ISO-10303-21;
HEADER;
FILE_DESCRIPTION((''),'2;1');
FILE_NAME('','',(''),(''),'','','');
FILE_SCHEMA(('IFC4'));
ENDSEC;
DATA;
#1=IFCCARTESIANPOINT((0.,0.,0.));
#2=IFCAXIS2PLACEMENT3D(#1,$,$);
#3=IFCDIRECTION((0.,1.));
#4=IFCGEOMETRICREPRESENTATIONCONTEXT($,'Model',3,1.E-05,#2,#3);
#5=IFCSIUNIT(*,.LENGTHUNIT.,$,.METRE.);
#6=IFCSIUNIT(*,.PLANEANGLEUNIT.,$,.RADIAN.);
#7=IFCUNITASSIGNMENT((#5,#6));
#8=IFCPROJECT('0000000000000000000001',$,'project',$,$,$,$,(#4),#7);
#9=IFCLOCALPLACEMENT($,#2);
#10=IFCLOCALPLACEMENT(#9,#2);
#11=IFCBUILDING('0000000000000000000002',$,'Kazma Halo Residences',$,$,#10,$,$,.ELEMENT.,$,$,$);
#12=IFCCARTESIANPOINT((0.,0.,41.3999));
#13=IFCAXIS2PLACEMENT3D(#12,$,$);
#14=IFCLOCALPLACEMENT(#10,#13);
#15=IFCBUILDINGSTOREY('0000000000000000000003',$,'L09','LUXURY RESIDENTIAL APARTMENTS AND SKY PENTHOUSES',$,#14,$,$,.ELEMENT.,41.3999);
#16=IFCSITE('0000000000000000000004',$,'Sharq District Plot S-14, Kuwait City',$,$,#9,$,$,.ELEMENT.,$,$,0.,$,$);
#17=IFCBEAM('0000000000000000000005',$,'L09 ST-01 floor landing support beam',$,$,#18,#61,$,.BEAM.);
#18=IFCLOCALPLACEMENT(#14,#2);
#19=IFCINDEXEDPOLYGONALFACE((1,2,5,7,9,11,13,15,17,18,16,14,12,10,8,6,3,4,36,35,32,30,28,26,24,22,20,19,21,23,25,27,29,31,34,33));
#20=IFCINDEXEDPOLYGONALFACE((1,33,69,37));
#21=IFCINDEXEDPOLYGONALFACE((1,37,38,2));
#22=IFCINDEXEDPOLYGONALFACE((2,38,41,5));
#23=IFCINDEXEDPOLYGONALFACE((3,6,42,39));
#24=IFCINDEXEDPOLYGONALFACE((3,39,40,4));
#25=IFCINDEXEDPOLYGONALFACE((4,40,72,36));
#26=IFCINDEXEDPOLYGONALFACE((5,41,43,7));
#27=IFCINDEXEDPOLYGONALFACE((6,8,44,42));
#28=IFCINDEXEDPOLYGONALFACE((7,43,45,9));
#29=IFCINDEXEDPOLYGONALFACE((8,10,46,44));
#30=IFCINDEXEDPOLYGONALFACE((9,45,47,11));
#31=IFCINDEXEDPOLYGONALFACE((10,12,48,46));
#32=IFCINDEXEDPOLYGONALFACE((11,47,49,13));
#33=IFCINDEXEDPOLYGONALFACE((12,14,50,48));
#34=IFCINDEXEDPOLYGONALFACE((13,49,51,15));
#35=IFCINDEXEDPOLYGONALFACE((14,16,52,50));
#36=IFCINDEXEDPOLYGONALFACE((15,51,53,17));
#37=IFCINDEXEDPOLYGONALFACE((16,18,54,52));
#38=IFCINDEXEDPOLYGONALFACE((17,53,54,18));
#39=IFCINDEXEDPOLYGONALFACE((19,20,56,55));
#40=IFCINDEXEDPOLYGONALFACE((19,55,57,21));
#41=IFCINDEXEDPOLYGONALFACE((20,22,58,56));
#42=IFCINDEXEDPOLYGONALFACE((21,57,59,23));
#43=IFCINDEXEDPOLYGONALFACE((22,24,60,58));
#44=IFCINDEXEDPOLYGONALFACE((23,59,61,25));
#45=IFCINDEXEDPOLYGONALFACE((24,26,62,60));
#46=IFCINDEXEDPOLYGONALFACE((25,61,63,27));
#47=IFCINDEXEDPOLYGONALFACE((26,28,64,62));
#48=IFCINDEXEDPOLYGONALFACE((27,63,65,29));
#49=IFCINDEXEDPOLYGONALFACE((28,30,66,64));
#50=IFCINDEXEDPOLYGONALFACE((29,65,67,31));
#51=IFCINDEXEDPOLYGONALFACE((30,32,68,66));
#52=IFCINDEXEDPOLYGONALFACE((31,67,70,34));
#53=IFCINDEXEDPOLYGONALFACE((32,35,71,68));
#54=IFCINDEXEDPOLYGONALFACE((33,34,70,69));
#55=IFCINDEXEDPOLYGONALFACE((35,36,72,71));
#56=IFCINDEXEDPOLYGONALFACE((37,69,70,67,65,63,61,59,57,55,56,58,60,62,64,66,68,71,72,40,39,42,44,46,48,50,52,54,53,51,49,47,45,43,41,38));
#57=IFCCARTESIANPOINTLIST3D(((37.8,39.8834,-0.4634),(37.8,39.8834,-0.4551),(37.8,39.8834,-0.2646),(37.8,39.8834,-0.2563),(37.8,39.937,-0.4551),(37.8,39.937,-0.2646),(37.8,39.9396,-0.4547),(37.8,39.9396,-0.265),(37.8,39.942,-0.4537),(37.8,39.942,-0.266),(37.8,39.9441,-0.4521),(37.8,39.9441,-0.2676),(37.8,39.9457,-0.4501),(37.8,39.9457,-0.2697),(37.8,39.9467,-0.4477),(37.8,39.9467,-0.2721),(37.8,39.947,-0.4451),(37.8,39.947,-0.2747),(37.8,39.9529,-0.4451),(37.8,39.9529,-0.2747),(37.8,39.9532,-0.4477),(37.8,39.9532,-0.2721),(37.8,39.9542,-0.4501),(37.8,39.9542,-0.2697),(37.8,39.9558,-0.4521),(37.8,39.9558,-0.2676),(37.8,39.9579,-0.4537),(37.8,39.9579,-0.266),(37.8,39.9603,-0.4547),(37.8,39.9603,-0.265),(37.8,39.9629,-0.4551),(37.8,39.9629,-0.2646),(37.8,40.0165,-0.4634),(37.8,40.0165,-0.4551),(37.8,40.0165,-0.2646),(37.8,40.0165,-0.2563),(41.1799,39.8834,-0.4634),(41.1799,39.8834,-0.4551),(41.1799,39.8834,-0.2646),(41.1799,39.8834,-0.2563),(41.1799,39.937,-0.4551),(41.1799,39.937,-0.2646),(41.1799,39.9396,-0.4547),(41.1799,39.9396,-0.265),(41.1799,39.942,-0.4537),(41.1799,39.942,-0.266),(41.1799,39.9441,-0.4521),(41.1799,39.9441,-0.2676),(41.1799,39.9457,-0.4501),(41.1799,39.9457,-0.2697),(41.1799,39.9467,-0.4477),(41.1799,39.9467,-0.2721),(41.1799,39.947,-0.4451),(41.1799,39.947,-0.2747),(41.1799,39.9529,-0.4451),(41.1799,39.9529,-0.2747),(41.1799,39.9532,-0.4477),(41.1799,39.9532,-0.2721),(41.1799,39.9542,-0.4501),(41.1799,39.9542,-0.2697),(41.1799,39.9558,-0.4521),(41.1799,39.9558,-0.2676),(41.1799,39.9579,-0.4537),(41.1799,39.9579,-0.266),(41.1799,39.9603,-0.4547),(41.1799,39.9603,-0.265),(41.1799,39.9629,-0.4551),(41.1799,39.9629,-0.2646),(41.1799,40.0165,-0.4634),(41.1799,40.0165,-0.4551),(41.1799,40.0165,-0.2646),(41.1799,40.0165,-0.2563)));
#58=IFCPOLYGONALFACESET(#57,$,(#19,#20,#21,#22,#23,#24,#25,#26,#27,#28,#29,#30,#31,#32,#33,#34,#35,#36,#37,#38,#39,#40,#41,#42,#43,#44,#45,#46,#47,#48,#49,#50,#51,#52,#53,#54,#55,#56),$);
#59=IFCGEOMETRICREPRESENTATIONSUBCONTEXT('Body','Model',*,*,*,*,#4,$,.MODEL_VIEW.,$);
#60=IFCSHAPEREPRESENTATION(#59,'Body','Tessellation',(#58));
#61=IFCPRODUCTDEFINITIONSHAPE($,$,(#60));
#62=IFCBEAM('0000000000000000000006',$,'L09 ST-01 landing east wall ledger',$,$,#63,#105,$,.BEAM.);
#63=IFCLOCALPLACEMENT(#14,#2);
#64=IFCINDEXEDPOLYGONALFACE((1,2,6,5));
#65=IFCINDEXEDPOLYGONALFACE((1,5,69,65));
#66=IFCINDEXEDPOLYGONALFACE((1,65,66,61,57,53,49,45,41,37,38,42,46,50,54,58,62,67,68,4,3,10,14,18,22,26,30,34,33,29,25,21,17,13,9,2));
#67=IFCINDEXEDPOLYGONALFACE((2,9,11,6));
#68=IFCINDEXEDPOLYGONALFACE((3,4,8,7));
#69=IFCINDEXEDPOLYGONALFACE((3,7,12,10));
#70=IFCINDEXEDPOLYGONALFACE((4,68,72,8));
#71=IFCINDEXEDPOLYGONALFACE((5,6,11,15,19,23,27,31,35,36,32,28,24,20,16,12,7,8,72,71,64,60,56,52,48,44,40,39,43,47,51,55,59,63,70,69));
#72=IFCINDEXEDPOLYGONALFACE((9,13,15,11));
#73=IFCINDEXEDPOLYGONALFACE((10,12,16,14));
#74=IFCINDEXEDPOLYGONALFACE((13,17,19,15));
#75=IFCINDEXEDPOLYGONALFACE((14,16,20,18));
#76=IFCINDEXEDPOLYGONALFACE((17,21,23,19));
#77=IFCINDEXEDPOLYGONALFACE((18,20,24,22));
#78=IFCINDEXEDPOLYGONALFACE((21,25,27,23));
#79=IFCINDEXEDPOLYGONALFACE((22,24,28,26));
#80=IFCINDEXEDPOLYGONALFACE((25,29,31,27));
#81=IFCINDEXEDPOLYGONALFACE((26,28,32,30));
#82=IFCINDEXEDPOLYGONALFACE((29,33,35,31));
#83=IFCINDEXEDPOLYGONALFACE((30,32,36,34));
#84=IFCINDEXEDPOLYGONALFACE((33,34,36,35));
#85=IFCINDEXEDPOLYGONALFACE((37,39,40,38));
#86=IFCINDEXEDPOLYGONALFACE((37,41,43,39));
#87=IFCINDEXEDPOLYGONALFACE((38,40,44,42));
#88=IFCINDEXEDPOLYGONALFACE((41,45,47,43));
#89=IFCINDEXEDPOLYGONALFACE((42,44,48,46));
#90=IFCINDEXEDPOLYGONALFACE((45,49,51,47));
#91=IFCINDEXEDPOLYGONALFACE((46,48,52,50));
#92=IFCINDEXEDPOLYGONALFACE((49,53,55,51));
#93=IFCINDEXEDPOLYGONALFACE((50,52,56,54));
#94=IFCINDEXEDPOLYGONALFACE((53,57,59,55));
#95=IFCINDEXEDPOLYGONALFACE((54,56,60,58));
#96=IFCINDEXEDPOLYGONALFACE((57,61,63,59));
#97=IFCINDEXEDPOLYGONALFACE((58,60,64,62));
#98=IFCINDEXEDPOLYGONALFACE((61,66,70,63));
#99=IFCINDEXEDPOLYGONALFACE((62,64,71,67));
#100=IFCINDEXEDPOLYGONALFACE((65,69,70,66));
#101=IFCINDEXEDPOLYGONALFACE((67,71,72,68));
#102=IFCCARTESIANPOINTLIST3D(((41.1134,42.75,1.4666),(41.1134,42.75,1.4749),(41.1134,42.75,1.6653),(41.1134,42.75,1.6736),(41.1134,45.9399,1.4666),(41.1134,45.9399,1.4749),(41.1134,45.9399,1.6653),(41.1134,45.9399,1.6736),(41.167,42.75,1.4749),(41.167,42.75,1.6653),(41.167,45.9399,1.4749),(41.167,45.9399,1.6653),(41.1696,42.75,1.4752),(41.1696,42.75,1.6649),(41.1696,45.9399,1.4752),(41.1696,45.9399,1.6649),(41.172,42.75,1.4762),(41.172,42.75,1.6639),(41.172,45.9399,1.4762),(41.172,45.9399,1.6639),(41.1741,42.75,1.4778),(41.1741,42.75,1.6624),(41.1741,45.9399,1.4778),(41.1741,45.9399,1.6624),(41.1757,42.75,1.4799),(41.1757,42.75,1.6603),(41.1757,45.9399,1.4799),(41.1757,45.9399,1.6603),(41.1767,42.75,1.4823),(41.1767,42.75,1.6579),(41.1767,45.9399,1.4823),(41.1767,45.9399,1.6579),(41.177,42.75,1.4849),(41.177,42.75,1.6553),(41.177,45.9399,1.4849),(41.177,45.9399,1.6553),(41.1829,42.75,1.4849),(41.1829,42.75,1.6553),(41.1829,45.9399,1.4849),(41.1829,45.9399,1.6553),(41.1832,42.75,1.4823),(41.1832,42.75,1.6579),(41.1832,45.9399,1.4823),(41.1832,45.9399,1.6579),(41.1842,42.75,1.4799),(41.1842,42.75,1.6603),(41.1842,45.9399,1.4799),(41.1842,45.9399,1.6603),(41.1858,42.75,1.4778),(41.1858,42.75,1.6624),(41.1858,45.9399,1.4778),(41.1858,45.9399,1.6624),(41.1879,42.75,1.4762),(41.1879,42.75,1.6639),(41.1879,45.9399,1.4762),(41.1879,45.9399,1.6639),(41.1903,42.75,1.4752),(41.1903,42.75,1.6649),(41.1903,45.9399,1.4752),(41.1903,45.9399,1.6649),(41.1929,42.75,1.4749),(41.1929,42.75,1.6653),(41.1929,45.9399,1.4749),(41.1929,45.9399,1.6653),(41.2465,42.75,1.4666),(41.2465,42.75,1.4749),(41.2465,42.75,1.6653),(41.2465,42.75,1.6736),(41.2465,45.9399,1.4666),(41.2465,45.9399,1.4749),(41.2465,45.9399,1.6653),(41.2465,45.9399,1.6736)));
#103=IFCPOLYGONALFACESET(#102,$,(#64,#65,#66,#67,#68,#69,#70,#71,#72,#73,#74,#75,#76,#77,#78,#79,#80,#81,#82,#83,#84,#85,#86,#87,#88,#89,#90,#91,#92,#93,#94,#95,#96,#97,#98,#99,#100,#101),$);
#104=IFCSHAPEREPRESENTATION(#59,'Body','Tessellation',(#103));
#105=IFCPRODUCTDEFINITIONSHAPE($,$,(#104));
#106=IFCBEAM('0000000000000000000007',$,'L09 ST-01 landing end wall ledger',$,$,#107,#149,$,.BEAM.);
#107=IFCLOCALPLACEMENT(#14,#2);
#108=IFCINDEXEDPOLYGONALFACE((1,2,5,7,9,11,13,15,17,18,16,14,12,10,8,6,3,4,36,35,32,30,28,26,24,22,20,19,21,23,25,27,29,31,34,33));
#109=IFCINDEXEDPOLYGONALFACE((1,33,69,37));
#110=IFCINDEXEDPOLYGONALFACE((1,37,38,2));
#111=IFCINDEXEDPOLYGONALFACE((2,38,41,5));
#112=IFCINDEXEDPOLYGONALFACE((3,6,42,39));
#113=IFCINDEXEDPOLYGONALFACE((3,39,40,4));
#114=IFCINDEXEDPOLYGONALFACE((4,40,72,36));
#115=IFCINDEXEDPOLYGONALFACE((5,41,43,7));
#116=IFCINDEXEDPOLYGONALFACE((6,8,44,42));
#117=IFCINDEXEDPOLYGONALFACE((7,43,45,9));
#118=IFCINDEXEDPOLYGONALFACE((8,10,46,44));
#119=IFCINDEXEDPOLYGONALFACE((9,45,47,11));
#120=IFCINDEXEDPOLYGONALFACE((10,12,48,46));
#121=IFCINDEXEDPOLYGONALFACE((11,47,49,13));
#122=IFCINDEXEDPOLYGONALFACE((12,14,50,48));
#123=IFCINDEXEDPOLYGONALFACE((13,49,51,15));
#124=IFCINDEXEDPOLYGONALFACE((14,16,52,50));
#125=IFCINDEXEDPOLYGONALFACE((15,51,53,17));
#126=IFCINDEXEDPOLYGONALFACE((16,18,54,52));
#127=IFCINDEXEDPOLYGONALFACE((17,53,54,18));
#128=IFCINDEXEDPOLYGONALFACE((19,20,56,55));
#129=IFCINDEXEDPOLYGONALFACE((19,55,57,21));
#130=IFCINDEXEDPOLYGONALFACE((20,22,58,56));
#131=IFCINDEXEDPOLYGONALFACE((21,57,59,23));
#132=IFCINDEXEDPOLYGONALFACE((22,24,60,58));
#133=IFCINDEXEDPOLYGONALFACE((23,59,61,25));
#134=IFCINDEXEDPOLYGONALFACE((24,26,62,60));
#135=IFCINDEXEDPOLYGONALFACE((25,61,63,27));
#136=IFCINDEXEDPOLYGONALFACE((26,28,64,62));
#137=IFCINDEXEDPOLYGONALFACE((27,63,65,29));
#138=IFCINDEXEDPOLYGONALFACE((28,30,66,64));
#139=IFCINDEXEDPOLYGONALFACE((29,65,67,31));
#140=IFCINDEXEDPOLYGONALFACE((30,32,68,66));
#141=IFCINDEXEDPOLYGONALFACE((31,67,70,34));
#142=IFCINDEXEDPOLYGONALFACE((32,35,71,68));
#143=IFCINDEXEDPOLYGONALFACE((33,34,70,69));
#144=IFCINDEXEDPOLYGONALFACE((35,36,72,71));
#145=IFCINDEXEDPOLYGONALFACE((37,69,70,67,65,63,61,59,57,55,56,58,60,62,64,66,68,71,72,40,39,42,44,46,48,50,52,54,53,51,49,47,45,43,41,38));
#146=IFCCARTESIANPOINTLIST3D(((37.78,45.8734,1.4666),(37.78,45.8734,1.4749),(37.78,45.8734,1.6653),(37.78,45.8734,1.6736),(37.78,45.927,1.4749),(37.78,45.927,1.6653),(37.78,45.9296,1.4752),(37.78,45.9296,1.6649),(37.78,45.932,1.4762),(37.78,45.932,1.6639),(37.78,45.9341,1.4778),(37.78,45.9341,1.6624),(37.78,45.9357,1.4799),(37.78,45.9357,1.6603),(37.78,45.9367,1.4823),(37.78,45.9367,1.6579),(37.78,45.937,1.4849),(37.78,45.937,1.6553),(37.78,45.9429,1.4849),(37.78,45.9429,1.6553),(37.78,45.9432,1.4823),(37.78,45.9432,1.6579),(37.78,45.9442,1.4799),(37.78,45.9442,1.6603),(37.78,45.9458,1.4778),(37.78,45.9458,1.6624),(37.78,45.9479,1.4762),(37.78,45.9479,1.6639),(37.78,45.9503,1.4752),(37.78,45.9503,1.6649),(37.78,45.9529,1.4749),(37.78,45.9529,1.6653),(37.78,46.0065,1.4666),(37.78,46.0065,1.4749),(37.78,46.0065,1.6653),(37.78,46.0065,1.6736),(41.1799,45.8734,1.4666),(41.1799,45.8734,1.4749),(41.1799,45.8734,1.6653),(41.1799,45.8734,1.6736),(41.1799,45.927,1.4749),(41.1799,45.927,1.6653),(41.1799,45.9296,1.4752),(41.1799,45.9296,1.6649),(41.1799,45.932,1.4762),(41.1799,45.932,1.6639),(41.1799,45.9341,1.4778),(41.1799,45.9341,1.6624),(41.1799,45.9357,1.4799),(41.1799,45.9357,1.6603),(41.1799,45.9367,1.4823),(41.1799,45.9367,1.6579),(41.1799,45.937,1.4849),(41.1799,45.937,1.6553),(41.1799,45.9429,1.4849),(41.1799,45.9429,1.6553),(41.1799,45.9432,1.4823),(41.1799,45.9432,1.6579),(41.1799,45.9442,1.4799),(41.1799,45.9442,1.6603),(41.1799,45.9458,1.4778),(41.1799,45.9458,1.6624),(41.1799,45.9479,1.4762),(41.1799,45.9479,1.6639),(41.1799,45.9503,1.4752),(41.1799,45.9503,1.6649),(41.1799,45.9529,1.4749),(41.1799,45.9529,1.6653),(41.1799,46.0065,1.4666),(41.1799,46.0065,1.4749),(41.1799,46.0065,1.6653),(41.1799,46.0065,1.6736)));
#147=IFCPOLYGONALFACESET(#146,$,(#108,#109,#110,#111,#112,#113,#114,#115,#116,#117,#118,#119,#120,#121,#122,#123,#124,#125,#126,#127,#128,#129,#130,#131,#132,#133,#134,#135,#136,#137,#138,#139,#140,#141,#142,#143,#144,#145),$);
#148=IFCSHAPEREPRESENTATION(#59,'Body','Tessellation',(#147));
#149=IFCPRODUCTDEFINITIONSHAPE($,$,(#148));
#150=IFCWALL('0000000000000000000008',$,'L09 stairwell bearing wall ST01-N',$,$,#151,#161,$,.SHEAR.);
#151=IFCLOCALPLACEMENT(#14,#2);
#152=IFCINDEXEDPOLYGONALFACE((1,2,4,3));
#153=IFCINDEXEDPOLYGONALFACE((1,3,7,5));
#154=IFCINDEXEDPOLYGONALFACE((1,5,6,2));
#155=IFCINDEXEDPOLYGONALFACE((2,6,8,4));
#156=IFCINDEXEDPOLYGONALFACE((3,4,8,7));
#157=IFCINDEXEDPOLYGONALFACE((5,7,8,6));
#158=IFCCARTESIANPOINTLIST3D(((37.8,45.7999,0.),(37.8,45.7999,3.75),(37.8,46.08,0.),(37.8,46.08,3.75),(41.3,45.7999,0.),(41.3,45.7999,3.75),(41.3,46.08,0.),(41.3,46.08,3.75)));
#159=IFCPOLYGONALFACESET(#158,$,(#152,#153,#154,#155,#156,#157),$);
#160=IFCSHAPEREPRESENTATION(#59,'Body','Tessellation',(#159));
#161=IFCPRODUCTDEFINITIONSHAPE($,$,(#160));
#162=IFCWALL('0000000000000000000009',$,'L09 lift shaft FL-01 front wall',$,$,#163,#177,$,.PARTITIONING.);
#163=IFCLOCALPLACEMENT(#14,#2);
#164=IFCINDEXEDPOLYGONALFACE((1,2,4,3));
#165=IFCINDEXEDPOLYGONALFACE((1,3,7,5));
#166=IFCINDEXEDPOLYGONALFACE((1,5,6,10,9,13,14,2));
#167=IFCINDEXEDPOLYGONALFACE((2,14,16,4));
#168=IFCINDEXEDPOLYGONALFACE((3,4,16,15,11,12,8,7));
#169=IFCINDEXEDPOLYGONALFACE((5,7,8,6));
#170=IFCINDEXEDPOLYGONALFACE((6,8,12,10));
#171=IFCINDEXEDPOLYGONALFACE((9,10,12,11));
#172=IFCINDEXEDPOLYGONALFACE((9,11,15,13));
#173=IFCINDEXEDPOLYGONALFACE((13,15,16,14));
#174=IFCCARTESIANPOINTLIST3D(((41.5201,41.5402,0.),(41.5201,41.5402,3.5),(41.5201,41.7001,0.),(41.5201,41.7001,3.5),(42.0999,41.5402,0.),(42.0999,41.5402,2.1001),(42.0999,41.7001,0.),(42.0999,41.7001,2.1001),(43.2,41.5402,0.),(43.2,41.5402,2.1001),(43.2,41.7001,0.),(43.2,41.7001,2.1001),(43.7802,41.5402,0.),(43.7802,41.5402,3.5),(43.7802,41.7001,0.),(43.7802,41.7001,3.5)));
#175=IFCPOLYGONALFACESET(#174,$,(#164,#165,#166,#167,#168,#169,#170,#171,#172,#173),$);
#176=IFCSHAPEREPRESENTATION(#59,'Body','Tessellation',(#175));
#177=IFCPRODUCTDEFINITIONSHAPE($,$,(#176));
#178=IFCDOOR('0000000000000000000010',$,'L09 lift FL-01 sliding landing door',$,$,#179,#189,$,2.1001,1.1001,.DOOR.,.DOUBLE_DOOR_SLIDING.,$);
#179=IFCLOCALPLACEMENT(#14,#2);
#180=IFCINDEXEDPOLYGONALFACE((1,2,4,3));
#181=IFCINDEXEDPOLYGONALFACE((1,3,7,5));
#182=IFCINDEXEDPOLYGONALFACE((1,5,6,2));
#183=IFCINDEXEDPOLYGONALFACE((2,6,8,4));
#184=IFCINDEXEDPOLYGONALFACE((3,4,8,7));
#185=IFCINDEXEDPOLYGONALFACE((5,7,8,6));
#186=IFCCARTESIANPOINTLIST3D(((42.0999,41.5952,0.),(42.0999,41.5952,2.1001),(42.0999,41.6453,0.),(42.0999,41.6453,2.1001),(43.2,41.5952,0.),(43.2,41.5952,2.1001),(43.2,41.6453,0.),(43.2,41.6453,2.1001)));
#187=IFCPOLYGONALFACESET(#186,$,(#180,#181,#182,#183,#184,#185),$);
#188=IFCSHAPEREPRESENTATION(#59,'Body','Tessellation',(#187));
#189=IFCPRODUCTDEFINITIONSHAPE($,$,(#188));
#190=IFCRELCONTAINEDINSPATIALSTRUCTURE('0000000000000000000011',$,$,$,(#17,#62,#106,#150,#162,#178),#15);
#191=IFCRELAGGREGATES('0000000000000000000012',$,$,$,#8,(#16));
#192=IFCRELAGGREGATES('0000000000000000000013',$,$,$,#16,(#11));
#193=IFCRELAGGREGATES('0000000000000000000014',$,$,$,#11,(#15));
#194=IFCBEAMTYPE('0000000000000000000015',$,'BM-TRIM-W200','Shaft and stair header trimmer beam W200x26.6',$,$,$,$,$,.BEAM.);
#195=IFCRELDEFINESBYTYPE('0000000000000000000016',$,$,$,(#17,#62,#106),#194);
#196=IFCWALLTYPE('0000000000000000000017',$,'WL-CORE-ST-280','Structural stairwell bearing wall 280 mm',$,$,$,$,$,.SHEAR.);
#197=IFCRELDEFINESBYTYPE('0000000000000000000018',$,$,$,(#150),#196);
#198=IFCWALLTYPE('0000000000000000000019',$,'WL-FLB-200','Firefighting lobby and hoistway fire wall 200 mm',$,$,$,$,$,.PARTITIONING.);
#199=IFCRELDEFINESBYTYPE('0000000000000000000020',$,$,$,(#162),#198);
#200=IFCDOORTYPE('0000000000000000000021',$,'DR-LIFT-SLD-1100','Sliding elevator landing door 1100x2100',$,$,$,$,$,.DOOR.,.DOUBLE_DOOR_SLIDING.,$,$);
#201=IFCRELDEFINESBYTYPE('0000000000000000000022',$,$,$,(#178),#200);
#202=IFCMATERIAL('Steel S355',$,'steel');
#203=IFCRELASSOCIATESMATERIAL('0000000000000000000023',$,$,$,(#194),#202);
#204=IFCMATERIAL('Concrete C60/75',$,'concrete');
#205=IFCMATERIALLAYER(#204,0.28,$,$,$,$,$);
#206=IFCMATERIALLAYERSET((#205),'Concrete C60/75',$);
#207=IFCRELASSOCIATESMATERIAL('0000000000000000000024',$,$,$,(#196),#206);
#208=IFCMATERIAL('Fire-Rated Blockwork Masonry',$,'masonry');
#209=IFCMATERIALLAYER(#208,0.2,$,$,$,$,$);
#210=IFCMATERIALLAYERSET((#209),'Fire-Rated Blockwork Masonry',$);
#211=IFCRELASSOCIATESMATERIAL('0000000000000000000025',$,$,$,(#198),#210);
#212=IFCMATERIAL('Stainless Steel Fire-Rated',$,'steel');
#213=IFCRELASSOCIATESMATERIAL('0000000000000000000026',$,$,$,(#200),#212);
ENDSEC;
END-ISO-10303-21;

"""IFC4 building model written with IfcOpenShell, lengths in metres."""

from ifc_helpers import new_model, si_unit, direction, frame, frame_2d, origin, origin_2d, place, context, subcontext, project, spatial, rectangle, i_section, extrude, material, layer, layer_set, material_profile, profile_set, type_object, element, fill, save


model = new_model("IFC4")

# Units and contexts
model_context = context("Model", 3, precision=1e-05, world=origin(), true_north=direction((0.0, 1.0)))
body_context = subcontext(model_context, "Body", "Model", "MODEL_VIEW")
ifc_project = project(units=[si_unit("LENGTHUNIT", "METRE"), si_unit("PLANEANGLEUNIT", "RADIAN")], contexts=[model_context])

# Site, building, storey
site_placement = place(None, origin())
site = spatial("IfcSite", under=ifc_project, at=site_placement, Name="Sharq District Plot S-14, Kuwait City", CompositionType="ELEMENT", RefElevation=0.0)
building_placement = place(site_placement, origin())
building = spatial("IfcBuilding", under=site, at=building_placement, Name="Kazma Halo Residences", CompositionType="ELEMENT")
storey_placement = place(building_placement, frame((0.0, 0.0, 41.3999)))
storey = spatial("IfcBuildingStorey", under=building, at=storey_placement, Name="L09", Description="LUXURY RESIDENTIAL APARTMENTS AND SKY PENTHOUSES", CompositionType="ELEMENT", Elevation=41.3999)

# Shared definitions
ifc_material_1 = material(Name="Steel S355", Category="steel")

# Beams
ifc_material_profile_1 = material_profile(ifc_material_1, i_section(OverallWidth=0.1331, OverallDepth=0.207, WebThickness=0.0059, FlangeThickness=0.0083, FilletRadius=0.01, at=origin_2d()), Name="W200x26.6")
ifc_profile_set_1 = profile_set([ifc_material_profile_1], Name="Steel S355")
beam_type_1 = type_object("IfcBeamType", Name="BM-TRIM-W200", Description="Shaft and stair header trimmer beam W200x26.6", PredefinedType="BEAM", material=ifc_profile_set_1)
beam_1_placement = place(storey_placement, frame((37.8, 39.95, -0.3599), z_axis=(1.0, 0.0, 0.0), x_axis=(0.0, 1.0, 0.0)))
element("IfcBeam", 1, at=beam_1_placement, inside=storey, type_object=beam_type_1, Name="L09 ST-01 floor landing support beam", PredefinedType="BEAM", context=body_context, shape_type="SweptSolid", body=[
    extrude(i_section(OverallWidth=0.1331, OverallDepth=0.207, WebThickness=0.0059, FlangeThickness=0.0083, FilletRadius=0.01, at=origin_2d()), origin(), (0.0, 0.0, 1.0), 3.3799),
])
beam_2_placement = place(storey_placement, frame((41.1799, 42.75, 1.5701), z_axis=(0.0, 1.0, 0.0), x_axis=(-1.0, 0.0, 0.0)))
element("IfcBeam", 2, at=beam_2_placement, inside=storey, type_object=beam_type_1, Name="L09 ST-01 landing east wall ledger", PredefinedType="BEAM", context=body_context, shape_type="SweptSolid", body=[
    extrude(i_section(OverallWidth=0.1331, OverallDepth=0.207, WebThickness=0.0059, FlangeThickness=0.0083, FilletRadius=0.01, at=origin_2d()), origin(), (0.0, 0.0, 1.0), 3.1899),
])
beam_3_placement = place(storey_placement, frame((37.78, 45.9399, 1.5701), z_axis=(1.0, 0.0, 0.0), x_axis=(0.0, 1.0, 0.0)))
element("IfcBeam", 3, at=beam_3_placement, inside=storey, type_object=beam_type_1, Name="L09 ST-01 landing end wall ledger", PredefinedType="BEAM", context=body_context, shape_type="SweptSolid", body=[
    extrude(i_section(OverallWidth=0.1331, OverallDepth=0.207, WebThickness=0.0059, FlangeThickness=0.0083, FilletRadius=0.01, at=origin_2d()), origin(), (0.0, 0.0, 1.0), 3.3999),
])

# Wall
ifc_material_2 = material(Name="Concrete C60/75", Category="concrete")
ifc_layer_1 = layer(ifc_material_2, 0.28)
ifc_layer_set_1 = layer_set([ifc_layer_1], Name="Concrete C60/75")
wall_type_1 = type_object("IfcWallType", Name="WL-CORE-ST-280", Description="Structural stairwell bearing wall 280 mm", PredefinedType="SHEAR", material=ifc_layer_set_1)
wall_1_placement = place(storey_placement, frame((37.8, 45.9399, 0.0), z_axis=(0.0, 0.0, 1.0), x_axis=(1.0, 0.0, 0.0)))
element("IfcWall", 4, at=wall_1_placement, inside=storey, type_object=wall_type_1, Name="L09 stairwell bearing wall ST01-N", PredefinedType="SHEAR", context=body_context, shape_type="SweptSolid", body=[
    extrude(rectangle(XDim=3.5, YDim=0.28, at=frame_2d((1.75, 0.0))), origin(), (0.0, 0.0, 1.0), 3.75),
])

# Wall, opening, door
ifc_material_3 = material(Name="Fire-Rated Blockwork Masonry", Category="masonry")
ifc_layer_2 = layer(ifc_material_3, 0.2)
ifc_layer_set_2 = layer_set([ifc_layer_2], Name="Fire-Rated Blockwork Masonry")
wall_type_2 = type_object("IfcWallType", Name="WL-FLB-200", Description="Firefighting lobby and hoistway fire wall 200 mm", PredefinedType="PARTITIONING", material=ifc_layer_set_2)
wall_2_placement = place(storey_placement, frame((43.78, 41.6201, 0.0), z_axis=(0.0, 0.0, 1.0), x_axis=(-1.0, 0.0, 0.0)))
wall_2 = element("IfcWall", 5, at=wall_2_placement, inside=storey, type_object=wall_type_2, Name="L09 lift shaft FL-01 front wall", PredefinedType="PARTITIONING", context=body_context, shape_type="SweptSolid", body=[
    extrude(rectangle(XDim=2.26, YDim=0.1599, at=frame_2d((1.1299, 0.0))), origin(), (0.0, 0.0, 1.0), 3.5),
])
opening_1_placement = place(wall_2_placement, frame((0.5801, 0.0, 0.0)))
opening_1 = element("IfcOpeningElement", 6, at=opening_1_placement, cuts=wall_2, PredefinedType="OPENING", context=body_context, shape_type="SweptSolid", body=[
    extrude(rectangle(XDim=1.1001, YDim=2.1001, at=frame_2d((0.55, 1.05))), frame((0.0, 0.0898, 0.0), z_axis=(0.0, -1.0, 0.0), x_axis=(1.0, 0.0, 0.0)), (0.0, 0.0, 1.0), 0.1799),
])
ifc_material_4 = material(Name="Stainless Steel Fire-Rated", Category="steel")
door_type_1 = type_object("IfcDoorType", Name="DR-LIFT-SLD-1100", Description="Sliding elevator landing door 1100x2100", OperationType="DOUBLE_DOOR_SLIDING", PredefinedType="DOOR", material=ifc_material_4)
door_1_placement = place(opening_1_placement, origin())
door_1 = element("IfcDoor", 7, at=door_1_placement, inside=storey, type_object=door_type_1, Name="L09 lift FL-01 sliding landing door", OperationType="DOUBLE_DOOR_SLIDING", OverallHeight=2.1001, OverallWidth=1.1001, PredefinedType="DOOR", context=body_context, shape_type="SweptSolid", body=[
    extrude(rectangle(XDim=1.1001, YDim=2.1001, at=frame_2d((0.55, 1.05))), frame((0.0, 0.0249, 0.0), z_axis=(0.0, -1.0, 0.0), x_axis=(1.0, 0.0, 0.0)), (0.0, 0.0, 1.0), 0.05),
])
fill(opening_1, door_1)

save(model, "model.ifc")
